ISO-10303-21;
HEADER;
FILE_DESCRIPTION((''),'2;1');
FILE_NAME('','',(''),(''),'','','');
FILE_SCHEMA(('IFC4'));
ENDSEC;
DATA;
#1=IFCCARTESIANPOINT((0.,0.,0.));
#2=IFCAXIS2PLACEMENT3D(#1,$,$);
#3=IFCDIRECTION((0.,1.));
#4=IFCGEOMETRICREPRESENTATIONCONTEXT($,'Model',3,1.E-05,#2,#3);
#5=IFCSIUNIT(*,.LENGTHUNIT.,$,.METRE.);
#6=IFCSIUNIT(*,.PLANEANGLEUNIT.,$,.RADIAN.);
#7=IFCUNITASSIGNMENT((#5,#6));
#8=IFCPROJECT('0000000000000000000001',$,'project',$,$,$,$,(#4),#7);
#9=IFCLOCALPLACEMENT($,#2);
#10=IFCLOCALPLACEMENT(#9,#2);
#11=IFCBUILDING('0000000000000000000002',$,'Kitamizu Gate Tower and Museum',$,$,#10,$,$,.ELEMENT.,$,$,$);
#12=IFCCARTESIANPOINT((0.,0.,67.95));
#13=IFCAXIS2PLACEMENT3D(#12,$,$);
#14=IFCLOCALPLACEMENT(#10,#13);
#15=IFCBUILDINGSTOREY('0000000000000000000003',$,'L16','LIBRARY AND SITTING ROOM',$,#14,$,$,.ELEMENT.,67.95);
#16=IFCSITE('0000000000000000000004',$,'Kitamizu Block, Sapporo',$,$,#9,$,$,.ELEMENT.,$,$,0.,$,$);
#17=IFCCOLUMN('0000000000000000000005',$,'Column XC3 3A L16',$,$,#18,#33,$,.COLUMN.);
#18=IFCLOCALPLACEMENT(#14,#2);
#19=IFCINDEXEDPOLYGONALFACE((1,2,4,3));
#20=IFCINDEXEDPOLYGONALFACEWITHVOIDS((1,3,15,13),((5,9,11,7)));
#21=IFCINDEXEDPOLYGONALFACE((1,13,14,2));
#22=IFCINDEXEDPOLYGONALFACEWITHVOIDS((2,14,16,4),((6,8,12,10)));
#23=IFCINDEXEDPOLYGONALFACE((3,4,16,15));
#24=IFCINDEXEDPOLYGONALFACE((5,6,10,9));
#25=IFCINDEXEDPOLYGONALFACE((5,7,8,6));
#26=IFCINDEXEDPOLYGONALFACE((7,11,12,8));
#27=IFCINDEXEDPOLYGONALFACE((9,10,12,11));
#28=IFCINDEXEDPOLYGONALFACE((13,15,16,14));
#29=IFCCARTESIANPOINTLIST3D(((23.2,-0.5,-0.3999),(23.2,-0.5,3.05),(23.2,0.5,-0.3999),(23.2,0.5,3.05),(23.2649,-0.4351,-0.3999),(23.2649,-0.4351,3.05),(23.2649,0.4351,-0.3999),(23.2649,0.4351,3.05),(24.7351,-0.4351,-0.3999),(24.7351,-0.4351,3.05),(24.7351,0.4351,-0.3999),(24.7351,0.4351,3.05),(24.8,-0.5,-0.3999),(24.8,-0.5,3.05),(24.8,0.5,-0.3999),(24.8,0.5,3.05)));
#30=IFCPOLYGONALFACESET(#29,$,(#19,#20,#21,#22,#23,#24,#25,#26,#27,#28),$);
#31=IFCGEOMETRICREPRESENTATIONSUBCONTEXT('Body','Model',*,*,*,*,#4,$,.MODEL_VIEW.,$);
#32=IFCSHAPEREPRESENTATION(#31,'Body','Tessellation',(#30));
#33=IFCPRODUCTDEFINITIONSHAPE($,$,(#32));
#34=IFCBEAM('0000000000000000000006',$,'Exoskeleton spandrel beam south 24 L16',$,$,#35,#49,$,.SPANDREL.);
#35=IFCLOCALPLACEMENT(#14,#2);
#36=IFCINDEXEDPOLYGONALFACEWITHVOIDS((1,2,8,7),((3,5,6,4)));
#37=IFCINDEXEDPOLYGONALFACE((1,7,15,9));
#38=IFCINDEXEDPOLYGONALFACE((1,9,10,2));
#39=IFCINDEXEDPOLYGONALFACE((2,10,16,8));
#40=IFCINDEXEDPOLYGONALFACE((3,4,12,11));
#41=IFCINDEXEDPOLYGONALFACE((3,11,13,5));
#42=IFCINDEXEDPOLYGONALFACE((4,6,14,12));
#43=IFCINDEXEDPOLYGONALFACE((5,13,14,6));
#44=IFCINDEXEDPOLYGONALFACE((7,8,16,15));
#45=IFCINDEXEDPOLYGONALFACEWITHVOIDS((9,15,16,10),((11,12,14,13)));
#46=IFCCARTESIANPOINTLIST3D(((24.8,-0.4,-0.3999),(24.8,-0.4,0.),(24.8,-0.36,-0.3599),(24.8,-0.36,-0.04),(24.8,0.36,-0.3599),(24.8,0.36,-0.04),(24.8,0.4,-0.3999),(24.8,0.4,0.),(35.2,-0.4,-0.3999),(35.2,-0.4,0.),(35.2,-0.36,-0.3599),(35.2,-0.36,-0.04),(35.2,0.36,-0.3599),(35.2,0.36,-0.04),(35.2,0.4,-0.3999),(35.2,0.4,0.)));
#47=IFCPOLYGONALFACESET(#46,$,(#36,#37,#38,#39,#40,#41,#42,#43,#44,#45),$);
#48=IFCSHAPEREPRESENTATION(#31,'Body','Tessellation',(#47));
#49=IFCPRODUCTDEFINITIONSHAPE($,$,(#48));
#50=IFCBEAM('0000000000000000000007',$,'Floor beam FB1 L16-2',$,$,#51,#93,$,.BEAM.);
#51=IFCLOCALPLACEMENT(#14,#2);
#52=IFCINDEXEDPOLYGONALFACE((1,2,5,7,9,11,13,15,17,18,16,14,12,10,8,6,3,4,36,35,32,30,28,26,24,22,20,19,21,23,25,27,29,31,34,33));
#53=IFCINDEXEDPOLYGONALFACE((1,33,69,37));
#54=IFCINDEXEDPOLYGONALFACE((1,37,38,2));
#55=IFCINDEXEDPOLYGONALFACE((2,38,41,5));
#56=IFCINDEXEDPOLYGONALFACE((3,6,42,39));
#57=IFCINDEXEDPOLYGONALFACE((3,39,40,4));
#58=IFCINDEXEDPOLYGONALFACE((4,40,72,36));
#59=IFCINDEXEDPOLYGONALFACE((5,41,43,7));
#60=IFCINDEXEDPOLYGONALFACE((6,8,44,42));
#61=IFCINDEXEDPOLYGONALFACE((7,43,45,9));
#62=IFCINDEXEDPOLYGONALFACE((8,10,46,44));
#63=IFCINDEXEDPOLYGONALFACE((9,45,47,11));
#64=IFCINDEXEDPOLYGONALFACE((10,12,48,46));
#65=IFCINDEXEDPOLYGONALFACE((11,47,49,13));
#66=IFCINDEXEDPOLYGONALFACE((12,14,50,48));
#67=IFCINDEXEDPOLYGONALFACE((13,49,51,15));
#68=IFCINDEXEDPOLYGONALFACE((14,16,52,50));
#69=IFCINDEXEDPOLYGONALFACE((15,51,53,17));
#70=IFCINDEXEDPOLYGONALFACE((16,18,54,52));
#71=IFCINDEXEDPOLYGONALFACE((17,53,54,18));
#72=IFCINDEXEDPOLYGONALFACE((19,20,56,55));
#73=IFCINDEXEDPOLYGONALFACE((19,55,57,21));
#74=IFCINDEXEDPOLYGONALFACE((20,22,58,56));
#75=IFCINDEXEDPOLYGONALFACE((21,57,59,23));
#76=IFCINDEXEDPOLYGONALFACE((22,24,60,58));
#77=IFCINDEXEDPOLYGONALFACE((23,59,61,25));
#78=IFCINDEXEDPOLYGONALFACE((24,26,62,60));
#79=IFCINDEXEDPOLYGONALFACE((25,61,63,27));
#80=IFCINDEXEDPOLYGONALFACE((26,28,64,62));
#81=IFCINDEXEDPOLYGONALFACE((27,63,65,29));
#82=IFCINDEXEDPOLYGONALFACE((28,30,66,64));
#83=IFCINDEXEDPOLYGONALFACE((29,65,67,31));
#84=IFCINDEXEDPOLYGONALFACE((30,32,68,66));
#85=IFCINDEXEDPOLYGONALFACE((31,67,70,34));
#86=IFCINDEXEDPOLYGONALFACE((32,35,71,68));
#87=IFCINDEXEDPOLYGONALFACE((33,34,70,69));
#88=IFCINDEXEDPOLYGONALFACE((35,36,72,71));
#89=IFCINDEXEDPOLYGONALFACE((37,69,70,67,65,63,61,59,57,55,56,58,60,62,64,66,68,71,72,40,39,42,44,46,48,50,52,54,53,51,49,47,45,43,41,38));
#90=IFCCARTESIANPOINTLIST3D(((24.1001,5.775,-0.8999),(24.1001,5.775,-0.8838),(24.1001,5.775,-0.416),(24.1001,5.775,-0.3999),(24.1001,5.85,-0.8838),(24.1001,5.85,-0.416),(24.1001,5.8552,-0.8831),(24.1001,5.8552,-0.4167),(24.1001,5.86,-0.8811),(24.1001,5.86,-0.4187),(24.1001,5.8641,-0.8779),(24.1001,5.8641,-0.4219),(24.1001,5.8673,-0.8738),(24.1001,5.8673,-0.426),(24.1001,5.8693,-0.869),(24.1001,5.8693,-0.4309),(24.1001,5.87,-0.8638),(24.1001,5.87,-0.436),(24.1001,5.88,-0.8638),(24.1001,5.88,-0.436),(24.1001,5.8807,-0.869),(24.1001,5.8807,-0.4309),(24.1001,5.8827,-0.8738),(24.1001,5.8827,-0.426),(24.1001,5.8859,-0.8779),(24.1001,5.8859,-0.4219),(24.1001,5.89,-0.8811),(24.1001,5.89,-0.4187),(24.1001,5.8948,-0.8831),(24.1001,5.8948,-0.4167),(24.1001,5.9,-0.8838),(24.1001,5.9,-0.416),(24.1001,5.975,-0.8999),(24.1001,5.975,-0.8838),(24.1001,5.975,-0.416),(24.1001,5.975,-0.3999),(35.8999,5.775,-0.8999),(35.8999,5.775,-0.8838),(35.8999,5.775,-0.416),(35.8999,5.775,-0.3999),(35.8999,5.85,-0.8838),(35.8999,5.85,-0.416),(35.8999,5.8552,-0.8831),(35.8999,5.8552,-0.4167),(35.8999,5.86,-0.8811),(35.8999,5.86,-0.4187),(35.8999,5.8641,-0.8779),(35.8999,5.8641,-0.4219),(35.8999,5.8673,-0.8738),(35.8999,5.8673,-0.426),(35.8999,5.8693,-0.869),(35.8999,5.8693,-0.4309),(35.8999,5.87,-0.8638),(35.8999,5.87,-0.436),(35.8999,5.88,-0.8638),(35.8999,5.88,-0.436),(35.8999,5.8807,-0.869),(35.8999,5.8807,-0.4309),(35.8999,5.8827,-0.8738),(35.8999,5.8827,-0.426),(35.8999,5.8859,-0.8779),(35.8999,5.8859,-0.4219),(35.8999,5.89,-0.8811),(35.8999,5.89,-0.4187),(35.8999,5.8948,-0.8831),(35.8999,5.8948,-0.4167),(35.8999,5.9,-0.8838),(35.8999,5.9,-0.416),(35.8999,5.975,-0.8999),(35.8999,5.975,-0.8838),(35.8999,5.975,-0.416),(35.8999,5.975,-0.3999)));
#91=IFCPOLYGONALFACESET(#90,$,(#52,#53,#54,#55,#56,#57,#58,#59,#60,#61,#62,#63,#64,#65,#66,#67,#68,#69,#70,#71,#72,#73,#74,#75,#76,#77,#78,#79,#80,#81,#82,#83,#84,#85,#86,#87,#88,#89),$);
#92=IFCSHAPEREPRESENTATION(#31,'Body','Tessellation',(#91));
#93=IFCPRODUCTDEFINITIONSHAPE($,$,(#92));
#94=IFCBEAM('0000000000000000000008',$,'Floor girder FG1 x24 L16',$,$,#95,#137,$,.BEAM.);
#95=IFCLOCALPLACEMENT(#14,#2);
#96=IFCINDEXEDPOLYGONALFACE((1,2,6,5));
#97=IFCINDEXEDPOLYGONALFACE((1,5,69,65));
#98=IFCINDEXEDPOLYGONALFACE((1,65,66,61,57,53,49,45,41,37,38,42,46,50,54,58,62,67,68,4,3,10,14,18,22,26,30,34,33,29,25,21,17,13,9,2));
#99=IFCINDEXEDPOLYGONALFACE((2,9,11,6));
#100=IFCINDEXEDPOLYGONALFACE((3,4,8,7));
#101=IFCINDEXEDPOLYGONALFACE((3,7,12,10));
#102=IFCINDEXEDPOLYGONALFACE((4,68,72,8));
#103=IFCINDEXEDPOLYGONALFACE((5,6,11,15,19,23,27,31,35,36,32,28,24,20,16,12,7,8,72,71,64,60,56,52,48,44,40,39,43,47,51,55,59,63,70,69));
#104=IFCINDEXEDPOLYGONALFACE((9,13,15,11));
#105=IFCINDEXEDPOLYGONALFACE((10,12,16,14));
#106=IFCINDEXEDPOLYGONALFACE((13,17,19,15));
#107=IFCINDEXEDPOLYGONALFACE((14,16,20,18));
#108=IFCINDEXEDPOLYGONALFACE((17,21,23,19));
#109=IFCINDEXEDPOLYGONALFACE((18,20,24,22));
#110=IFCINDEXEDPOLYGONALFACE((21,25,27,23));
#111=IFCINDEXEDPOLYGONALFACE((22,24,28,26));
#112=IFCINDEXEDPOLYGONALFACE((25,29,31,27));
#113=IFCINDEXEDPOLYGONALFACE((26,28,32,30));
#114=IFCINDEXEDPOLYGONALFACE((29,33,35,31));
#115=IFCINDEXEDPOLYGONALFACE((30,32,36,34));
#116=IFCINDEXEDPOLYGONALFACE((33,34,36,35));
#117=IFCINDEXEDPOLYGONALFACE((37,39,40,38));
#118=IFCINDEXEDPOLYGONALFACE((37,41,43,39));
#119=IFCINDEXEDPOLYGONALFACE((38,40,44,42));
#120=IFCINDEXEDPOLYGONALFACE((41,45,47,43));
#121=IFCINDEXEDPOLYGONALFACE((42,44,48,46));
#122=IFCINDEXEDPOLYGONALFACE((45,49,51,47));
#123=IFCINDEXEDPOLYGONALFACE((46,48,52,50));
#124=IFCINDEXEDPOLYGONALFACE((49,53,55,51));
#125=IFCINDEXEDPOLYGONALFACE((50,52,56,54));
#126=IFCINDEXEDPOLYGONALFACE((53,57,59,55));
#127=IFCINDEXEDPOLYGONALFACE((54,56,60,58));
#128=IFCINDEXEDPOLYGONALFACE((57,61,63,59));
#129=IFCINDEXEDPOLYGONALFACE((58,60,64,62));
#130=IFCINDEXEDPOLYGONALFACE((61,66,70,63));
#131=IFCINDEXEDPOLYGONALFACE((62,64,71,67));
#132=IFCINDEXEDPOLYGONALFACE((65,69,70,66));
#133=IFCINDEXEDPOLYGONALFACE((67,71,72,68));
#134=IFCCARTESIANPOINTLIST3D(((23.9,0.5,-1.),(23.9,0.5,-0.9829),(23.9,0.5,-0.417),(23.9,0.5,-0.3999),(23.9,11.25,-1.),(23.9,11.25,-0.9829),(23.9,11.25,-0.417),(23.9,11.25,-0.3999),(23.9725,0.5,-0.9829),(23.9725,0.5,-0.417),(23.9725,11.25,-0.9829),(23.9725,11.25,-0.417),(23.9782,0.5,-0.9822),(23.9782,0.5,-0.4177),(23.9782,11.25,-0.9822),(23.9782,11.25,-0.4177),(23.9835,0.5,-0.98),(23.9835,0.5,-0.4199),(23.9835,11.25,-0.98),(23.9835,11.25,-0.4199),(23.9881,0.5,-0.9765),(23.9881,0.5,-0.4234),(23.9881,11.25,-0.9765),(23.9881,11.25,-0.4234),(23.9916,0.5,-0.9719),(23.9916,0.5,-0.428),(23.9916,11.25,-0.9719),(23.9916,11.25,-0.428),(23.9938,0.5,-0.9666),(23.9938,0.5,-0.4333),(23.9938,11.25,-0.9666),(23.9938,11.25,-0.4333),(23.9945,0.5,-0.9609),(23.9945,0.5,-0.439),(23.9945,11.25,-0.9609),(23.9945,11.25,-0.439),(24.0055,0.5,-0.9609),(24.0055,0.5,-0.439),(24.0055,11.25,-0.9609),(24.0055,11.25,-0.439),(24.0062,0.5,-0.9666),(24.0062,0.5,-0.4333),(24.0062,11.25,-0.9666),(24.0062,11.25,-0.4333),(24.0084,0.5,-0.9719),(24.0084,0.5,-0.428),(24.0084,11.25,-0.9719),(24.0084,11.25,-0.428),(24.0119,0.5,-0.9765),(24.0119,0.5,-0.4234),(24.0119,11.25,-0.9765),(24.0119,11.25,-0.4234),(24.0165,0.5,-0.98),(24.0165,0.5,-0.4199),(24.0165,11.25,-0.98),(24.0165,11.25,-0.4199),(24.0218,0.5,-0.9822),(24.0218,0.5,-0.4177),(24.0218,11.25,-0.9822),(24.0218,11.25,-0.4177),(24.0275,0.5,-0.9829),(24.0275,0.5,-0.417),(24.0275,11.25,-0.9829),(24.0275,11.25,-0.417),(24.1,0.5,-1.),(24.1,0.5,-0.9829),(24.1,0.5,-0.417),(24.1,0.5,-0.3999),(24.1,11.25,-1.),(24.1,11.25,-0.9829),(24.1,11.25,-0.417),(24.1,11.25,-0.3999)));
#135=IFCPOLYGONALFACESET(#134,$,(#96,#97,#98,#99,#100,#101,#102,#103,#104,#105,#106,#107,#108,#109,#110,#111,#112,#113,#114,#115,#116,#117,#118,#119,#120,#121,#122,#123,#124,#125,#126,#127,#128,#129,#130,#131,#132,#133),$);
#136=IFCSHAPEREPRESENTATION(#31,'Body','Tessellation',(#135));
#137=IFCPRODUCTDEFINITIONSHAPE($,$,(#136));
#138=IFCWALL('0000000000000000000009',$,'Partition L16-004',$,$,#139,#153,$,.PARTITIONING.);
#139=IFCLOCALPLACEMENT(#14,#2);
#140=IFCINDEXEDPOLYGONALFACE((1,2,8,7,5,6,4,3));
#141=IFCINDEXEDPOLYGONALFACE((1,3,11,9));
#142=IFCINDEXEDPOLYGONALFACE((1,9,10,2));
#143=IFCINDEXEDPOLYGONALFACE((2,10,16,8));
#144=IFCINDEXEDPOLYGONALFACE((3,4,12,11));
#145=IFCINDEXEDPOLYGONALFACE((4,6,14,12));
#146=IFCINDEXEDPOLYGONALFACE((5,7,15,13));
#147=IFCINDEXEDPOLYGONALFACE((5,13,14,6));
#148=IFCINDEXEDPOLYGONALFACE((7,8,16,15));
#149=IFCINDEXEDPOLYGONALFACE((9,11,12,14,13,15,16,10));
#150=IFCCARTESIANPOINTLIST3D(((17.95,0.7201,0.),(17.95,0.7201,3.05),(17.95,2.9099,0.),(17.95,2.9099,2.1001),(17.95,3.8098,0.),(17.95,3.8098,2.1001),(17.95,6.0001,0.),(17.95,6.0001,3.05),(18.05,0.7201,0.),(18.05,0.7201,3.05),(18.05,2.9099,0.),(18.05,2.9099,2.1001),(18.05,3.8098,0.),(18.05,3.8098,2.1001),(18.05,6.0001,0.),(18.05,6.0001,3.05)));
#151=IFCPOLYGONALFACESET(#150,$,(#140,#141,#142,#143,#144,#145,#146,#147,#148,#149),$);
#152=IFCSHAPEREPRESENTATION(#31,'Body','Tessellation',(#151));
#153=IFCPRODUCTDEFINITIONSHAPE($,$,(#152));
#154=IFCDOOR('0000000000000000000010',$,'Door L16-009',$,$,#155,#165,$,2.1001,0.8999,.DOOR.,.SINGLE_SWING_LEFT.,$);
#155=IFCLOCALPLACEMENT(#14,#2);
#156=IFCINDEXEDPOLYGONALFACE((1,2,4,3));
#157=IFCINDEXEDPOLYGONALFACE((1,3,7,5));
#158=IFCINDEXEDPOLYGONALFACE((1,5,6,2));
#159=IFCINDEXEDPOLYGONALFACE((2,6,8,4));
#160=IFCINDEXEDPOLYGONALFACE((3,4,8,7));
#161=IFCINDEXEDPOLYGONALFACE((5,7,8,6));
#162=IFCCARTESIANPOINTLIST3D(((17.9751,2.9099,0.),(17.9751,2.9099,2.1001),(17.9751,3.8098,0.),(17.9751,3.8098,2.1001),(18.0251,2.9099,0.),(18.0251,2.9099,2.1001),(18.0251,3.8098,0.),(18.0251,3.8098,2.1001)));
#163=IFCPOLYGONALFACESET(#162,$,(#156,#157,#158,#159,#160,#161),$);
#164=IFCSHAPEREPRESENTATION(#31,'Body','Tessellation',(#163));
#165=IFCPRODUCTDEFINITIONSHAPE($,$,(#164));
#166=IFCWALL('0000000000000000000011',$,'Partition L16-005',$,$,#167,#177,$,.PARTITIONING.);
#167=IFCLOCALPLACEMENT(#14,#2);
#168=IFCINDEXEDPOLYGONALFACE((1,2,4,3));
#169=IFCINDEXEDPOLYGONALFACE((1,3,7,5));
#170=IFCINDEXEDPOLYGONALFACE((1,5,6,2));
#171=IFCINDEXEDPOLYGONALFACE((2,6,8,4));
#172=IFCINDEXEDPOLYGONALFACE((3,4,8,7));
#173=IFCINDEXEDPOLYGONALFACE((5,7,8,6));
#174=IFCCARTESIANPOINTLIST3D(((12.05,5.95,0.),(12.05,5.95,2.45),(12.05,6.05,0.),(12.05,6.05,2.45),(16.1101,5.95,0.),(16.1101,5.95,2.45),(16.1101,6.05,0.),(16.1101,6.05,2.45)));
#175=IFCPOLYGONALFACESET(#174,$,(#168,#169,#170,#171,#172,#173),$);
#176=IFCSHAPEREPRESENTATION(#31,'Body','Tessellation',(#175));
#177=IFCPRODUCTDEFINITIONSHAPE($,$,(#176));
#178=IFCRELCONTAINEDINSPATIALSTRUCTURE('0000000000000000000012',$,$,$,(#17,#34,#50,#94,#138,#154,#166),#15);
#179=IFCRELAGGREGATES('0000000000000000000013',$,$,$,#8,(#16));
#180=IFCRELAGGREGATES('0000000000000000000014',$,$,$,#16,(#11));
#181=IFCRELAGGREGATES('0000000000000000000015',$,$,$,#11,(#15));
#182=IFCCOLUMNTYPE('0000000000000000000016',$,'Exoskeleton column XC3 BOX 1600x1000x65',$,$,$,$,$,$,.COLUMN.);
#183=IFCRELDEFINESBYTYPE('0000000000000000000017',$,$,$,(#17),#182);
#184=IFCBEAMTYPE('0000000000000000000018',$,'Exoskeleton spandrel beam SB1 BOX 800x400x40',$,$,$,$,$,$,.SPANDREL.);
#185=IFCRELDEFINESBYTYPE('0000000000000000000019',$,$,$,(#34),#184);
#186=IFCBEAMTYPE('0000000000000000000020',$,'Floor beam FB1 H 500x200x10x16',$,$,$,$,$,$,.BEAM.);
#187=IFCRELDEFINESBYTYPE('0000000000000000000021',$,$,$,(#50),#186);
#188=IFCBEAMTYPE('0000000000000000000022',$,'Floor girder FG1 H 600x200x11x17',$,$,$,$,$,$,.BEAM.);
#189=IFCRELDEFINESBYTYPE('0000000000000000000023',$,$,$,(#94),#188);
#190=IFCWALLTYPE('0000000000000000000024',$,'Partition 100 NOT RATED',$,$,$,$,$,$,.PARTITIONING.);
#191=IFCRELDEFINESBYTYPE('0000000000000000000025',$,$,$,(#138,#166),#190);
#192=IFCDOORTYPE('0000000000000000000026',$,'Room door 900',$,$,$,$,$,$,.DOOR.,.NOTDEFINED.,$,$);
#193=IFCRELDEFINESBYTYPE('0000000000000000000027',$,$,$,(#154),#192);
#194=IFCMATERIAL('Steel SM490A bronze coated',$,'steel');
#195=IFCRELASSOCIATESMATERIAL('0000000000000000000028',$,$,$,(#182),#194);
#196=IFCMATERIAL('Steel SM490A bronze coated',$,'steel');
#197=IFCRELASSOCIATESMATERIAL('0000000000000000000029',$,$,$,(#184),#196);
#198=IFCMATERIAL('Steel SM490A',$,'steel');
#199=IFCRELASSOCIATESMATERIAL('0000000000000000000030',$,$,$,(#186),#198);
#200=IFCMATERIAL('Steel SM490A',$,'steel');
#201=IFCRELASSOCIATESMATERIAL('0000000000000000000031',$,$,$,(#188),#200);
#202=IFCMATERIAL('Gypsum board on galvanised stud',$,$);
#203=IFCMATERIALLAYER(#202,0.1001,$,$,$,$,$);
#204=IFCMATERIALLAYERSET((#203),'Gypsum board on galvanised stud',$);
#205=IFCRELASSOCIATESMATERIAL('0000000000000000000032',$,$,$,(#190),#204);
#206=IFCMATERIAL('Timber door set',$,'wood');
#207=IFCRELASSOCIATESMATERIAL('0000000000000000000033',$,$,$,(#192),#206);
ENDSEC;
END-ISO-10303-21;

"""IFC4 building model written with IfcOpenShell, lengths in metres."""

from ifc_helpers import new_model, si_unit, direction, frame, frame_2d, origin, origin_2d, place, context, subcontext, project, spatial, rectangle, hollow_rectangle, i_section, extrude, material, layer, layer_set, material_profile, profile_set, type_object, element, fill, save


model = new_model("IFC4")

# Units and contexts
model_context = context("Model", 3, precision=1e-05, world=origin(), true_north=direction((0.0, 1.0)))
body_context = subcontext(model_context, "Body", "Model", "MODEL_VIEW")
ifc_project = project(units=[si_unit("LENGTHUNIT", "METRE"), si_unit("PLANEANGLEUNIT", "RADIAN")], contexts=[model_context])

# Site, building, storey
site_placement = place(None, origin())
site = spatial("IfcSite", under=ifc_project, at=site_placement, Name="Kitamizu Block, Sapporo", CompositionType="ELEMENT", RefElevation=0.0)
building_placement = place(site_placement, origin())
building = spatial("IfcBuilding", under=site, at=building_placement, Name="Kitamizu Gate Tower and Museum", CompositionType="ELEMENT")
storey_placement = place(building_placement, frame((0.0, 0.0, 67.95)))
storey = spatial("IfcBuildingStorey", under=building, at=storey_placement, Name="L16", Description="LIBRARY AND SITTING ROOM", CompositionType="ELEMENT", Elevation=67.95)

# Column
ifc_material_1 = material(Name="Steel SM490A bronze coated", Category="steel")
ifc_material_profile_1 = material_profile(ifc_material_1, hollow_rectangle(XDim=1.6001, YDim=1.0, WallThickness=0.0649, at=origin_2d()), Name="BOX 1600x1000x65")
ifc_profile_set_1 = profile_set([ifc_material_profile_1], Name="Steel SM490A bronze coated")
column_type = type_object("IfcColumnType", Name="Exoskeleton column XC3 BOX 1600x1000x65", PredefinedType="COLUMN", material=ifc_profile_set_1)
column_placement = place(storey_placement, frame((24.0, 0.0, -0.3999), z_axis=(0.0, 0.0, 1.0), x_axis=(1.0, 0.0, 0.0)))
element("IfcColumn", 1, at=column_placement, inside=storey, type_object=column_type, Name="Column XC3 3A L16", PredefinedType="COLUMN", context=body_context, shape_type="SweptSolid", body=[
    extrude(hollow_rectangle(XDim=1.6001, YDim=1.0, WallThickness=0.0649, at=origin_2d()), origin(), (0.0, 0.0, 1.0), 3.45),
])

# Beams
ifc_material_2 = material(Name="Steel SM490A bronze coated", Category="steel")
ifc_material_profile_2 = material_profile(ifc_material_2, hollow_rectangle(XDim=0.8, YDim=0.3999, WallThickness=0.04, at=origin_2d()), Name="BOX 800x400x40")
ifc_profile_set_2 = profile_set([ifc_material_profile_2], Name="Steel SM490A bronze coated")
beam_type_1 = type_object("IfcBeamType", Name="Exoskeleton spandrel beam SB1 BOX 800x400x40", PredefinedType="SPANDREL", material=ifc_profile_set_2)
beam_1_placement = place(storey_placement, frame((24.8, 0.0, -0.2), z_axis=(1.0, 0.0, 0.0), x_axis=(0.0, 1.0, 0.0)))
element("IfcBeam", 2, at=beam_1_placement, inside=storey, type_object=beam_type_1, Name="Exoskeleton spandrel beam south 24 L16", PredefinedType="SPANDREL", context=body_context, shape_type="SweptSolid", body=[
    extrude(hollow_rectangle(XDim=0.8, YDim=0.3999, WallThickness=0.04, at=origin_2d()), origin(), (0.0, 0.0, 1.0), 10.3999),
])
ifc_material_3 = material(Name="Steel SM490A", Category="steel")
ifc_material_profile_3 = material_profile(ifc_material_3, i_section(OverallWidth=0.2, OverallDepth=0.5, WebThickness=0.01, FlangeThickness=0.0161, FilletRadius=0.02, at=origin_2d()), Name="H-500x200x10x16")
ifc_profile_set_3 = profile_set([ifc_material_profile_3], Name="Steel SM490A")
beam_type_2 = type_object("IfcBeamType", Name="Floor beam FB1 H 500x200x10x16", PredefinedType="BEAM", material=ifc_profile_set_3)
beam_2_placement = place(storey_placement, frame((24.1001, 5.875, -0.6499), z_axis=(1.0, 0.0, 0.0), x_axis=(0.0, 1.0, 0.0)))
element("IfcBeam", 3, at=beam_2_placement, inside=storey, type_object=beam_type_2, Name="Floor beam FB1 L16-2", PredefinedType="BEAM", context=body_context, shape_type="SweptSolid", body=[
    extrude(i_section(OverallWidth=0.2, OverallDepth=0.5, WebThickness=0.01, FlangeThickness=0.0161, FilletRadius=0.02, at=origin_2d()), origin(), (0.0, 0.0, 1.0), 11.7998),
])
ifc_material_4 = material(Name="Steel SM490A", Category="steel")
ifc_material_profile_4 = material_profile(ifc_material_4, i_section(OverallWidth=0.2, OverallDepth=0.6001, WebThickness=0.011, FlangeThickness=0.0171, FilletRadius=0.022, at=origin_2d()), Name="H-600x200x11x17")
ifc_profile_set_4 = profile_set([ifc_material_profile_4], Name="Steel SM490A")
beam_type_3 = type_object("IfcBeamType", Name="Floor girder FG1 H 600x200x11x17", PredefinedType="BEAM", material=ifc_profile_set_4)
beam_3_placement = place(storey_placement, frame((24.0, 0.5, -0.7), z_axis=(0.0, 1.0, 0.0), x_axis=(-1.0, 0.0, 0.0)))
element("IfcBeam", 4, at=beam_3_placement, inside=storey, type_object=beam_type_3, Name="Floor girder FG1 x24 L16", PredefinedType="BEAM", context=body_context, shape_type="SweptSolid", body=[
    extrude(i_section(OverallWidth=0.2, OverallDepth=0.6001, WebThickness=0.011, FlangeThickness=0.0171, FilletRadius=0.022, at=origin_2d()), origin(), (0.0, 0.0, 1.0), 10.75),
])

# Wall, opening, door
ifc_material_5 = material(Name="Gypsum board on galvanised stud")
ifc_layer_1 = layer(ifc_material_5, 0.1001)
ifc_layer_set_1 = layer_set([ifc_layer_1], Name="Gypsum board on galvanised stud")
wall_type_1 = type_object("IfcWallType", Name="Partition 100 NOT RATED", PredefinedType="PARTITIONING", material=ifc_layer_set_1)
wall_1_placement = place(storey_placement, frame((18.0, 0.72, 0.0), z_axis=(0.0, 0.0, 1.0), x_axis=(0.0, 1.0, 0.0)))
wall_1 = element("IfcWall", 5, at=wall_1_placement, inside=storey, type_object=wall_type_1, Name="Partition L16-004", PredefinedType="PARTITIONING", context=body_context, shape_type="SweptSolid", body=[
    extrude(rectangle(XDim=5.28, YDim=0.1001, at=frame_2d((2.6401, 0.0))), origin(), (0.0, 0.0, 1.0), 3.05),
])
opening_1_placement = place(wall_1_placement, frame((2.1899, 0.0, 0.0)))
opening_1 = element("IfcOpeningElement", 6, at=opening_1_placement, cuts=wall_1, PredefinedType="OPENING", context=body_context, shape_type="SweptSolid", body=[
    extrude(rectangle(XDim=0.8999, YDim=2.1001, at=frame_2d((0.45, 1.05))), frame((0.0, 0.0601, 0.0), z_axis=(0.0, -1.0, 0.0), x_axis=(1.0, 0.0, 0.0)), (0.0, 0.0, 1.0), 0.1201),
])
ifc_material_6 = material(Name="Timber door set", Category="wood")
door_type_1 = type_object("IfcDoorType", Name="Room door 900", OperationType="NOTDEFINED", PredefinedType="DOOR", material=ifc_material_6)
door_1_placement = place(opening_1_placement, origin())
door_1 = element("IfcDoor", 7, at=door_1_placement, inside=storey, type_object=door_type_1, Name="Door L16-009", OperationType="SINGLE_SWING_LEFT", OverallHeight=2.1001, OverallWidth=0.8999, PredefinedType="DOOR", context=body_context, shape_type="SweptSolid", body=[
    extrude(rectangle(XDim=0.8999, YDim=2.1001, at=frame_2d((0.45, 1.05))), frame((0.0, 0.0249, 0.0), z_axis=(0.0, -1.0, 0.0), x_axis=(1.0, 0.0, 0.0)), (0.0, 0.0, 1.0), 0.05),
])
fill(opening_1, door_1)

# Wall
wall_2_placement = place(storey_placement, frame((16.1101, 6.0, 0.0), z_axis=(0.0, 0.0, 1.0), x_axis=(-1.0, 0.0, 0.0)))
element("IfcWall", 8, at=wall_2_placement, inside=storey, type_object=wall_type_1, Name="Partition L16-005", PredefinedType="PARTITIONING", context=body_context, shape_type="SweptSolid", body=[
    extrude(rectangle(XDim=4.0601, YDim=0.1001, at=frame_2d((2.03, 0.0))), origin(), (0.0, 0.0, 1.0), 2.45),
])

save(model, "model.ifc")
